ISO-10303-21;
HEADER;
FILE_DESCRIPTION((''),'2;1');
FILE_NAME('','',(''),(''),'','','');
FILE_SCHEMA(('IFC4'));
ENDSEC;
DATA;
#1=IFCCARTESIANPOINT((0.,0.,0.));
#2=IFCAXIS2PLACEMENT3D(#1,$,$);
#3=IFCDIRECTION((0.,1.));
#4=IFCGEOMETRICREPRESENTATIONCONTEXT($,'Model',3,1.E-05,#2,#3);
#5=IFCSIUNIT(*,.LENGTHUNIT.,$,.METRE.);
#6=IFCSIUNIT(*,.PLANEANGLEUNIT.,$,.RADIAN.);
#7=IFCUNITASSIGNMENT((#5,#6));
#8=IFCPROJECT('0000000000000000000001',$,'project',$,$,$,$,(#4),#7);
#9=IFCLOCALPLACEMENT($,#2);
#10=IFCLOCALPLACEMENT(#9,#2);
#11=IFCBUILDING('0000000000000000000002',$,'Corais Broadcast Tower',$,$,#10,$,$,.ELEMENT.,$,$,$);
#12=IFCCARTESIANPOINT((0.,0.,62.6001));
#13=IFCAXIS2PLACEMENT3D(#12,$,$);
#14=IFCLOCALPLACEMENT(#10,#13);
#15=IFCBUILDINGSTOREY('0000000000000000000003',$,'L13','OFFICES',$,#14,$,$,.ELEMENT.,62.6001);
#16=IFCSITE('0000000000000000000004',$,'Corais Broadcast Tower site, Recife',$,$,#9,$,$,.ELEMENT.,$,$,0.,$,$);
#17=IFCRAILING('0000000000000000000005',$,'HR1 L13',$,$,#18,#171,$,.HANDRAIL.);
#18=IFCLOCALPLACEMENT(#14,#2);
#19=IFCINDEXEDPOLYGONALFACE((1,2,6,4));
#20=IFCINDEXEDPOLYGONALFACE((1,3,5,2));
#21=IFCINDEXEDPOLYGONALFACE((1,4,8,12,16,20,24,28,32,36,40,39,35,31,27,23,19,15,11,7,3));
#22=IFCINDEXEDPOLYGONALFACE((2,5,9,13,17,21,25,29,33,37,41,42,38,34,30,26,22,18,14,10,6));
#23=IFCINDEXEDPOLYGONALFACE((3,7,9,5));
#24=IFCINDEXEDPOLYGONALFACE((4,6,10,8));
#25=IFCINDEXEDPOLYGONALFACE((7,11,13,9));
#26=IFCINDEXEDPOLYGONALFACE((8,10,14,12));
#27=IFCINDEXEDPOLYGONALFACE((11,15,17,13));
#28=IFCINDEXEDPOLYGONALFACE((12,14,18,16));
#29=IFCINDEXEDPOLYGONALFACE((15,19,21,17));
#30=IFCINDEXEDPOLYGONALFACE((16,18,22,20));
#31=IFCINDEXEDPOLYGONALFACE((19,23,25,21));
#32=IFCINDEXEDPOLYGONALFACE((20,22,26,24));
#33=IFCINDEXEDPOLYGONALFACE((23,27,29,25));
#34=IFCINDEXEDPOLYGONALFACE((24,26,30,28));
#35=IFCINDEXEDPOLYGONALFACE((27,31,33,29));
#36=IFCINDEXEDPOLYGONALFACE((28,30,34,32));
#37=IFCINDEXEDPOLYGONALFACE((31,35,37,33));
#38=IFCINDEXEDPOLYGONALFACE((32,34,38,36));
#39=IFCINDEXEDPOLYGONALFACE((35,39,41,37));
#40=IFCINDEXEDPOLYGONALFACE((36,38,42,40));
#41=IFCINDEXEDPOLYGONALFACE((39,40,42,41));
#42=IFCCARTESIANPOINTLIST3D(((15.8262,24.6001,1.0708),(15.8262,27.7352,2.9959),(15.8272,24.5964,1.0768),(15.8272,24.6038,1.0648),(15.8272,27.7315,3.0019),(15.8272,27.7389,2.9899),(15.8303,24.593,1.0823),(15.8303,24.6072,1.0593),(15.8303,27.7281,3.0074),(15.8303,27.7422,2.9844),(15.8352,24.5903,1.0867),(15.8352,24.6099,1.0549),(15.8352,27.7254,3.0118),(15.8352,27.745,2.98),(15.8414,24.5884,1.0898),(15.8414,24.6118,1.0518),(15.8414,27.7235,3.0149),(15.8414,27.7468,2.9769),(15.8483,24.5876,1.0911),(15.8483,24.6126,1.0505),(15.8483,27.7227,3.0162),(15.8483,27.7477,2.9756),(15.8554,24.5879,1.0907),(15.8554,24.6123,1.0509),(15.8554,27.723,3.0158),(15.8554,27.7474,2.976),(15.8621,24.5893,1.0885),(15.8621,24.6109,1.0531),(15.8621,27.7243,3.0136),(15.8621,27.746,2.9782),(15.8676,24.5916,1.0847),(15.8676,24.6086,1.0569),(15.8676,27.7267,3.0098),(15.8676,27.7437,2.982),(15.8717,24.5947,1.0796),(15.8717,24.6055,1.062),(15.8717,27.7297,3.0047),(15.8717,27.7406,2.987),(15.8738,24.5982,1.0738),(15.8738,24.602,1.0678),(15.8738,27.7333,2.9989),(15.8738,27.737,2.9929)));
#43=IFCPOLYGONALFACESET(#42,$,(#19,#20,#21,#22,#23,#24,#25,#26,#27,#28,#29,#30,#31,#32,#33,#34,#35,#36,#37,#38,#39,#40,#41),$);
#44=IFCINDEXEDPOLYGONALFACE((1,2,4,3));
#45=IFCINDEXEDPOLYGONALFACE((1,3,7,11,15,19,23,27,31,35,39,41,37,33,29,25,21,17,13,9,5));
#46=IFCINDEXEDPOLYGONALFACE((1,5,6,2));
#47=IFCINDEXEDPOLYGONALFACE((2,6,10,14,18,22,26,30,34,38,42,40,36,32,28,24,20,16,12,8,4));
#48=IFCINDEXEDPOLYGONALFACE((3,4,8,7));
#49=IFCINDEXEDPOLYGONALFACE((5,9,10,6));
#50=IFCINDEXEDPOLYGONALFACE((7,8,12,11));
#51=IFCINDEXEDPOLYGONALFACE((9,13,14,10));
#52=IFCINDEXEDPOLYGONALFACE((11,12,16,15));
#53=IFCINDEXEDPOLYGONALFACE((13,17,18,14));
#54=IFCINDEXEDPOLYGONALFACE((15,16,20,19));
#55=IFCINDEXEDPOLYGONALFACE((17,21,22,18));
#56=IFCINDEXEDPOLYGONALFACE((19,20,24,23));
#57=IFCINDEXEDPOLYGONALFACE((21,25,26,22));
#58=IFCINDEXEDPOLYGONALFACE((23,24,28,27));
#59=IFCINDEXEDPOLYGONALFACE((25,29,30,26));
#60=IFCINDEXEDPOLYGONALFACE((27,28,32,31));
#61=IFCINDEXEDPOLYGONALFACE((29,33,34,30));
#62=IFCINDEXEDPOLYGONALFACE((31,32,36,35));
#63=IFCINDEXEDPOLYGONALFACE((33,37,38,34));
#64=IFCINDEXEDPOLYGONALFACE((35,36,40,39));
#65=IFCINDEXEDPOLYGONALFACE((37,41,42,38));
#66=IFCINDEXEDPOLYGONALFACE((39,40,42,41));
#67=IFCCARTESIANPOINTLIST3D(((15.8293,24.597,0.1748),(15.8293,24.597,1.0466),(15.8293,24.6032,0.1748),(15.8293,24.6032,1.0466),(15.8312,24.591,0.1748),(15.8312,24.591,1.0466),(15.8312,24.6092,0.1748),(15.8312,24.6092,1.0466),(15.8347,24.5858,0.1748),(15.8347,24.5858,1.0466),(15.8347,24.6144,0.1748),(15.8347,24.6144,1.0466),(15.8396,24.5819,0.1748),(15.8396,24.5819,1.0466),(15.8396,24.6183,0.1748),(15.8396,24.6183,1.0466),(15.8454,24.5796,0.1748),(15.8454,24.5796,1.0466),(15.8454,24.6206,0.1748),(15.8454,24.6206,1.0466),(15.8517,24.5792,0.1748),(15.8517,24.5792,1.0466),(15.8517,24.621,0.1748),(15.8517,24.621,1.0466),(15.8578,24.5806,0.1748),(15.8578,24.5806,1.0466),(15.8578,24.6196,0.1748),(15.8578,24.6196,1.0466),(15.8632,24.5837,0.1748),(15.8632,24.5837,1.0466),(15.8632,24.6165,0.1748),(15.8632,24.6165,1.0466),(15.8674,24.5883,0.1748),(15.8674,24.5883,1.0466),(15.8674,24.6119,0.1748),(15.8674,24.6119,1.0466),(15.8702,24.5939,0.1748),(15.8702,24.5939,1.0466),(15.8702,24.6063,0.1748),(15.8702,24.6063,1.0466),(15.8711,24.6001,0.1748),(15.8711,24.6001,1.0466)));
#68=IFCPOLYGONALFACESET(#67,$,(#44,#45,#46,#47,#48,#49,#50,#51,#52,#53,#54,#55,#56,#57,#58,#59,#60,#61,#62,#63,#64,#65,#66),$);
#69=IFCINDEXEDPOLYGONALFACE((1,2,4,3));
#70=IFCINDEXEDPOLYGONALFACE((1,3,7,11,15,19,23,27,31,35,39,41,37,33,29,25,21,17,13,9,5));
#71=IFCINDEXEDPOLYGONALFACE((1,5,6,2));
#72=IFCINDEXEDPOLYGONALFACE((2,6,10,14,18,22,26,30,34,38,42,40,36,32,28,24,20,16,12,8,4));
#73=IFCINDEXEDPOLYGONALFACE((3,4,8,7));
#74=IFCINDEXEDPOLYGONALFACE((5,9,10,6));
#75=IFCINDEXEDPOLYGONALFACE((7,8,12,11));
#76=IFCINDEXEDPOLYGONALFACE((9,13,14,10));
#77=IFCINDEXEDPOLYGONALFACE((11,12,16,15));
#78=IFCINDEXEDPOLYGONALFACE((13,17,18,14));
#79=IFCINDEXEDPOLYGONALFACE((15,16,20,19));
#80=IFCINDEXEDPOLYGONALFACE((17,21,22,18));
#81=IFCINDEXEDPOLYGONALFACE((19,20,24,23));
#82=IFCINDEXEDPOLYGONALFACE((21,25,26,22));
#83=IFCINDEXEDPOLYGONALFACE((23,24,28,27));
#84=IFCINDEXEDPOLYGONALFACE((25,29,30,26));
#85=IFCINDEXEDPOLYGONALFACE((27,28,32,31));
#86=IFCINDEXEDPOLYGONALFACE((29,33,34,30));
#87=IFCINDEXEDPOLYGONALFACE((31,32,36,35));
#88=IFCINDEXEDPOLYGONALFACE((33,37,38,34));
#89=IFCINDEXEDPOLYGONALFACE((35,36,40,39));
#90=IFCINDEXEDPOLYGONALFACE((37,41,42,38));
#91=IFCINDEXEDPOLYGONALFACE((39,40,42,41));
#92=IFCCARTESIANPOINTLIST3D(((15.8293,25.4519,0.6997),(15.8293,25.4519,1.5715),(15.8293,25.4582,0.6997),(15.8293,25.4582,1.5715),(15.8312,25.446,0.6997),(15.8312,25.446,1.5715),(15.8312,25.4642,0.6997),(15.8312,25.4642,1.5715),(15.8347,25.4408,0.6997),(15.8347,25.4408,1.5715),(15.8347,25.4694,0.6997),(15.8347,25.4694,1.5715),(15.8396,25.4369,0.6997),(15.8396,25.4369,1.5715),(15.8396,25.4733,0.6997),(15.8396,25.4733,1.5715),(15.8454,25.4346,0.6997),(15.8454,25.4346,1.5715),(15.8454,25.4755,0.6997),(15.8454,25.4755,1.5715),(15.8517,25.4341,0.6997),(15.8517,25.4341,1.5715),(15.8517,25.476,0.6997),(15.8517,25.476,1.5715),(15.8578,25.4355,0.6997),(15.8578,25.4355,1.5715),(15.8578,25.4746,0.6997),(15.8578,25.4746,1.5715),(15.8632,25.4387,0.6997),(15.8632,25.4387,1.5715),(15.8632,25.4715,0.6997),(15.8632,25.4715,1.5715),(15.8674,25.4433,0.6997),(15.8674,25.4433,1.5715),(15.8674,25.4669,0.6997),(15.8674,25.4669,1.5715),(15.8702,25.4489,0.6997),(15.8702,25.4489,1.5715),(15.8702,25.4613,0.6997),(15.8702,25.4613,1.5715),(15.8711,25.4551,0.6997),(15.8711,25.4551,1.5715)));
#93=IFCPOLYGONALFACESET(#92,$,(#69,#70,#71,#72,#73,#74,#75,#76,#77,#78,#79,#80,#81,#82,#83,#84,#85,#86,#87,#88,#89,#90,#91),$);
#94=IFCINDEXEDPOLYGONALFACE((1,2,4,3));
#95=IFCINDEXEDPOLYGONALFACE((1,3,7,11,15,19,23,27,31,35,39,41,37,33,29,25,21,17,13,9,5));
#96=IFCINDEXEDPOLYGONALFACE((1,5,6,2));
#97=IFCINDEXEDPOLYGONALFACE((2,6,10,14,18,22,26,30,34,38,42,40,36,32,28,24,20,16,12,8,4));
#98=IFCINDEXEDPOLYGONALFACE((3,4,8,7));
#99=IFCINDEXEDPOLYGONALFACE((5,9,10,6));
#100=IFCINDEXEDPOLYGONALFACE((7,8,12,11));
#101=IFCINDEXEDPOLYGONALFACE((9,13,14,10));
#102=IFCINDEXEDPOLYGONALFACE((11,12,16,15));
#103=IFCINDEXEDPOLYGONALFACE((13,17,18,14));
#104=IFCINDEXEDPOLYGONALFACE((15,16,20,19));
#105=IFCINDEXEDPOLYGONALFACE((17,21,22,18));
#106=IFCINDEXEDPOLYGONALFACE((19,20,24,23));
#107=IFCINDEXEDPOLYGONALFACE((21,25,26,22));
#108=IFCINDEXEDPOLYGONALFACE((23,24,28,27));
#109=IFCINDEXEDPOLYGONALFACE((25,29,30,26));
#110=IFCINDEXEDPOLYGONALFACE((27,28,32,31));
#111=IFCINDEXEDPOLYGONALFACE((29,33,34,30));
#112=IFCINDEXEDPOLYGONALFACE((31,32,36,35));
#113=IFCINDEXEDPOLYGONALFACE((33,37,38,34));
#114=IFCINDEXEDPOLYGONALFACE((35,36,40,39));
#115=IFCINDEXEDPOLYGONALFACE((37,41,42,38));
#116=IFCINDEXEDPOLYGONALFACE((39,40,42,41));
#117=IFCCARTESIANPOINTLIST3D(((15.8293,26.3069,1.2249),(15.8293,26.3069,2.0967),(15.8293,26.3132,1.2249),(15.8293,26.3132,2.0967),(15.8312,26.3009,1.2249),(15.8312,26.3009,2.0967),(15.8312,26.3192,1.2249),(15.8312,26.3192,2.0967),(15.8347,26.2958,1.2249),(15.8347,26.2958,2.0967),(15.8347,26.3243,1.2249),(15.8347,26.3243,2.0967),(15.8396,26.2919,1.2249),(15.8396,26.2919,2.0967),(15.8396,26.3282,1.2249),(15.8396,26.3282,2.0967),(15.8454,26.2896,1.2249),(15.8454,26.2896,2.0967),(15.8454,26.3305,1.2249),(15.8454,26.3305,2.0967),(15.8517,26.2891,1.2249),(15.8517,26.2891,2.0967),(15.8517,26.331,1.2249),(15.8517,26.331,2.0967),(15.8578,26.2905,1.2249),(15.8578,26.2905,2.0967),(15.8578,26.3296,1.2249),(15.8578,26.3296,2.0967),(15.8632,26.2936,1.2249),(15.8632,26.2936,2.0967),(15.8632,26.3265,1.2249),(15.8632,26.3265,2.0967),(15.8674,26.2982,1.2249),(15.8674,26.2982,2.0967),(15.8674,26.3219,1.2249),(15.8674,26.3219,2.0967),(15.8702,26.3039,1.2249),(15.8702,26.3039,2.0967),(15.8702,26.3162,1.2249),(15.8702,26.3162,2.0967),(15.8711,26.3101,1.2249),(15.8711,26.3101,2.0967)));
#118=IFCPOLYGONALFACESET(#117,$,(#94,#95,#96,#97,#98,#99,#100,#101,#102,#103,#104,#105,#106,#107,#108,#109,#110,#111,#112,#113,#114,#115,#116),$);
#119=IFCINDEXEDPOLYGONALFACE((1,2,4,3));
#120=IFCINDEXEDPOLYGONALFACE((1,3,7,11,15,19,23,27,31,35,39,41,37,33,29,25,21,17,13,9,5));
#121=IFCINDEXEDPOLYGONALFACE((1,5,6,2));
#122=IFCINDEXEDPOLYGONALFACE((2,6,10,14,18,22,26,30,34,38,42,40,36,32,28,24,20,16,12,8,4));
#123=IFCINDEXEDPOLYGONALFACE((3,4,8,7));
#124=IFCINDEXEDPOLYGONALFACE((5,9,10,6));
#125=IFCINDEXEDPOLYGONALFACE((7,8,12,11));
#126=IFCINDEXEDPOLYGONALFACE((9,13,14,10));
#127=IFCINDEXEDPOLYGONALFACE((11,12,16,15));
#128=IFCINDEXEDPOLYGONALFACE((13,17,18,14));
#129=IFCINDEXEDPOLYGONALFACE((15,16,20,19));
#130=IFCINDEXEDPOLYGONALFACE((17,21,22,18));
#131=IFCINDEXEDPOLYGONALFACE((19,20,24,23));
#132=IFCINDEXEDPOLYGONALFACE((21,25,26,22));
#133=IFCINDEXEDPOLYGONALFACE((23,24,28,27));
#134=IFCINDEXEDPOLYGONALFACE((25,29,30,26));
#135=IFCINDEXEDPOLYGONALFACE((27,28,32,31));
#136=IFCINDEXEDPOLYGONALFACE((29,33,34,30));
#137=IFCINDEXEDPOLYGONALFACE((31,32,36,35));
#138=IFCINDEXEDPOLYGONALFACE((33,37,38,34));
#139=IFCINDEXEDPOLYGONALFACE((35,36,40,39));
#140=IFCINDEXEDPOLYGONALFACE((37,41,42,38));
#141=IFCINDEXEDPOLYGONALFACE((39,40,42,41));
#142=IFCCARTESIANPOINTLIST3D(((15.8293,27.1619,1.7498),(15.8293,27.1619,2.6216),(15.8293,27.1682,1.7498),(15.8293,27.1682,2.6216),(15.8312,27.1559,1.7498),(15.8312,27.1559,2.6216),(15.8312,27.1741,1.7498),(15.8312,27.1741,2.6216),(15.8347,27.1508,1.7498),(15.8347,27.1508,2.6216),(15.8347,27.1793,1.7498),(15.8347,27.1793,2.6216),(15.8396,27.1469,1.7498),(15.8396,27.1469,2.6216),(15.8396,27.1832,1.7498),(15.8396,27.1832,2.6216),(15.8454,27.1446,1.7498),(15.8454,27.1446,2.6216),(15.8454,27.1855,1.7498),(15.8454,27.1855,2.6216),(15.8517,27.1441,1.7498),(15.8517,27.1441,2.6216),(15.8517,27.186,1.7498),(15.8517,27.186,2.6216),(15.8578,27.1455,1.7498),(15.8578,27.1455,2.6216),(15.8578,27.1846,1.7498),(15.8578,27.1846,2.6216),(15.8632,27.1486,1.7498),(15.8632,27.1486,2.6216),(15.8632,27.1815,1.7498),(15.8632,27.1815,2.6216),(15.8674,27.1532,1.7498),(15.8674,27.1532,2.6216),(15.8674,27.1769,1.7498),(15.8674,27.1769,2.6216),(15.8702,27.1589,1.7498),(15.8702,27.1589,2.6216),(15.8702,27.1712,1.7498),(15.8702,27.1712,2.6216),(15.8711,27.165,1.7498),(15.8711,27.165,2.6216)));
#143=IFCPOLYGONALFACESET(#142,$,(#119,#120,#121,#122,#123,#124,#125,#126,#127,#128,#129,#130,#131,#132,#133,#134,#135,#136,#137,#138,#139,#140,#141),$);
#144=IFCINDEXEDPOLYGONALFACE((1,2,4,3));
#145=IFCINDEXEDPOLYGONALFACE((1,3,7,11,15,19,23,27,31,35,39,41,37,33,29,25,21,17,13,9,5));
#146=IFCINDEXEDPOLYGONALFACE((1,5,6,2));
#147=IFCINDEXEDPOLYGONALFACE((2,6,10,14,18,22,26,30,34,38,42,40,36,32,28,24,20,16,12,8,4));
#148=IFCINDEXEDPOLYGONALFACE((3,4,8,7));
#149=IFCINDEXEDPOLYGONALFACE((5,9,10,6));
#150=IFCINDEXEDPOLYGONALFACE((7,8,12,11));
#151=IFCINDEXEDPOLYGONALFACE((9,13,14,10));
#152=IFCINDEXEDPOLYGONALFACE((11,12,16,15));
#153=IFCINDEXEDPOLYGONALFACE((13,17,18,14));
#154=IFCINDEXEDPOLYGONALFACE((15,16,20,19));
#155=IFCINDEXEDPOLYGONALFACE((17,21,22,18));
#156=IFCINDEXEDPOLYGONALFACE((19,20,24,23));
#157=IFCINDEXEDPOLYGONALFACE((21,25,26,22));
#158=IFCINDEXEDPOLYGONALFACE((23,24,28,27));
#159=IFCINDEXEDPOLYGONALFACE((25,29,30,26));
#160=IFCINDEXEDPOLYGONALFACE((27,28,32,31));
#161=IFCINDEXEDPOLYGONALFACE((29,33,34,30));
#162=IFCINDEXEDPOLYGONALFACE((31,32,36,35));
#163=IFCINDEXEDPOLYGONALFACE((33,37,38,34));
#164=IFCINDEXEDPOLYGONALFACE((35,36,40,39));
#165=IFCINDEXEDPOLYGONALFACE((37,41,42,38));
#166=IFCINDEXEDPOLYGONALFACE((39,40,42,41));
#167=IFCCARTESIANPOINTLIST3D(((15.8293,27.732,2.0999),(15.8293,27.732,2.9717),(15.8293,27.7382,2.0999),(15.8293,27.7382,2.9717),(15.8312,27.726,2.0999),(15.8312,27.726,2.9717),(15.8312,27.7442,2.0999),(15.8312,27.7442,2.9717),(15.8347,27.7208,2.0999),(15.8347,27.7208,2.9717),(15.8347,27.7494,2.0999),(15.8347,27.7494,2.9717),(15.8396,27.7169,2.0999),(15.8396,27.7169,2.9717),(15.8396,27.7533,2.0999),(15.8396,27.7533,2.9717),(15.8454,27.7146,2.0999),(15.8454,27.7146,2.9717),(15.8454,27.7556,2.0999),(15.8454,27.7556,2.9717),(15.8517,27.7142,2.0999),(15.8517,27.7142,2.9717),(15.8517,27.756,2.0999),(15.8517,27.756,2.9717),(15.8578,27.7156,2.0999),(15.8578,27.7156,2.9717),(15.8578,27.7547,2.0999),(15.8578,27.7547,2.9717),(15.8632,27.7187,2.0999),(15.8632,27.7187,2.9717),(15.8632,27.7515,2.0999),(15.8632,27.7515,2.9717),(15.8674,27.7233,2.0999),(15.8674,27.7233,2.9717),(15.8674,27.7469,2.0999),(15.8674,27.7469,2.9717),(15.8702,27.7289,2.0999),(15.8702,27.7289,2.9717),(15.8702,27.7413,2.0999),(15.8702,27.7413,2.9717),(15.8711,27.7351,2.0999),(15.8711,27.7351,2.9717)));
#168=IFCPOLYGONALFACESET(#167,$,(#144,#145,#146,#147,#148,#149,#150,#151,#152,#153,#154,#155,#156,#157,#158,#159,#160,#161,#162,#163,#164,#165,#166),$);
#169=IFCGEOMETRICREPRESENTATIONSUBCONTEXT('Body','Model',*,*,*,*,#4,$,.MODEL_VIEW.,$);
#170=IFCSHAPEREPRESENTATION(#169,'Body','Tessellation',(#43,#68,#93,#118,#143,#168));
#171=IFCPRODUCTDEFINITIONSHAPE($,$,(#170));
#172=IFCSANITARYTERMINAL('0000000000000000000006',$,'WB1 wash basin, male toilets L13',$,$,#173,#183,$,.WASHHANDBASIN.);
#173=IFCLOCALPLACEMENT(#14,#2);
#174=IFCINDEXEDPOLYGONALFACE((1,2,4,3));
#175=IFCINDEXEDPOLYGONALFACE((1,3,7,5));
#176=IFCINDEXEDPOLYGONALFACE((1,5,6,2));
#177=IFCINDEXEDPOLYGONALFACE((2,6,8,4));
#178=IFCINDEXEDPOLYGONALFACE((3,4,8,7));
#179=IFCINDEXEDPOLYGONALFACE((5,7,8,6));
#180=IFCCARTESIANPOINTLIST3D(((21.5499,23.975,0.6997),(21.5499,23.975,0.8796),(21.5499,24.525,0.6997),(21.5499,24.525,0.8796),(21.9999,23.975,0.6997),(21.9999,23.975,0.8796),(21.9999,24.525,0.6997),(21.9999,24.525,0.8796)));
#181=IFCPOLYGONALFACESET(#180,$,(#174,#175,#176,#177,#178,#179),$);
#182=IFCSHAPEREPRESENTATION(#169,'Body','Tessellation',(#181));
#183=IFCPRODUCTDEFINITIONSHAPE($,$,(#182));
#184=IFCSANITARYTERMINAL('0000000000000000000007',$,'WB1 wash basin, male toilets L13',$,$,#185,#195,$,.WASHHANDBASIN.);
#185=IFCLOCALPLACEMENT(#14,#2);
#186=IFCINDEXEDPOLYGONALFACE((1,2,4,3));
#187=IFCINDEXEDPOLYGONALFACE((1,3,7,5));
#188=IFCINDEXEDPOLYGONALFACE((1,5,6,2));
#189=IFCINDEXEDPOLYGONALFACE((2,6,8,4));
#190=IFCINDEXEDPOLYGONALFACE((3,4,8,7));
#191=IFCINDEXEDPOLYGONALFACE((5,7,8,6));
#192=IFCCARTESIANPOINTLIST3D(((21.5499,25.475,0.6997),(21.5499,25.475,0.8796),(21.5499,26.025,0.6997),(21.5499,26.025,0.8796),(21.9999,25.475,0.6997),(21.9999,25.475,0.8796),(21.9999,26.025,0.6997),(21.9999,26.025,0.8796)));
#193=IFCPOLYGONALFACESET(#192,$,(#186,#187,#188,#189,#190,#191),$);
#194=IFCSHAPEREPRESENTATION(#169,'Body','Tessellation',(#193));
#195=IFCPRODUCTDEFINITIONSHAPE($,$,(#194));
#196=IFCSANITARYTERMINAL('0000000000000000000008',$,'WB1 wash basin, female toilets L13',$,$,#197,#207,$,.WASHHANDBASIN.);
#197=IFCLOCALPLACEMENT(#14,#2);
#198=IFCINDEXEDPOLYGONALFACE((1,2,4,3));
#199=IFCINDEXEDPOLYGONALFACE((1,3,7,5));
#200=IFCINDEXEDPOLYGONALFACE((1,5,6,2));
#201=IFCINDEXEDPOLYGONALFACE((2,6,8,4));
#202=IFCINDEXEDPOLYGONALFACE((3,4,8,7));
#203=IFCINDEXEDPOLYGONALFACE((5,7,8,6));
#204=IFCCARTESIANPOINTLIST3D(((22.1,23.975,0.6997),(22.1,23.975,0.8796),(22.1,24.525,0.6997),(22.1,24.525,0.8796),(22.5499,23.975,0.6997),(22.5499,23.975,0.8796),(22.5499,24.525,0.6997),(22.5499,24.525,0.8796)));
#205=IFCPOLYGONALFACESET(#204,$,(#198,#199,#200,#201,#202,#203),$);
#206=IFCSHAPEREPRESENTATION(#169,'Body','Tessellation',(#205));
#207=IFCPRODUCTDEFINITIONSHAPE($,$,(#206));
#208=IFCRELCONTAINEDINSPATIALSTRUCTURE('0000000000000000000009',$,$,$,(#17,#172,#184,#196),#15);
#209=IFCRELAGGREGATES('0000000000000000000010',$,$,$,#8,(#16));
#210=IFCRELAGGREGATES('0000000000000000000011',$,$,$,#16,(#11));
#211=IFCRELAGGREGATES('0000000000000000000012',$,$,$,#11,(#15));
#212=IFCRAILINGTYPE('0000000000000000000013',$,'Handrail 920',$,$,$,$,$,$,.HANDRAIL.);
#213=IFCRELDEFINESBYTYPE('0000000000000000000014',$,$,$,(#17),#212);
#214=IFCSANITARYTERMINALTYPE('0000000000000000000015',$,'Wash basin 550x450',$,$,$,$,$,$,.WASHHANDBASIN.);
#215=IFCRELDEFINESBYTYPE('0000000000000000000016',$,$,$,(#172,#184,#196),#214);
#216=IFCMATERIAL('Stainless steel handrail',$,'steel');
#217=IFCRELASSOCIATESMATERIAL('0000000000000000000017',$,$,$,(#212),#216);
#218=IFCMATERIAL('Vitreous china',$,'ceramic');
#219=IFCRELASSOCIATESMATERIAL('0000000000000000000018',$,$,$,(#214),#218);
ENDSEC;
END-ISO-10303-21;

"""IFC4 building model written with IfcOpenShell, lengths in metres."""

from ifc_helpers import new_model, si_unit, direction, frame, origin, origin_2d, place, context, subcontext, project, spatial, rectangle, circle, extrude, material, type_object, element, save


model = new_model("IFC4")

# Units and contexts
model_context = context("Model", 3, precision=1e-05, world=origin(), true_north=direction((0.0, 1.0)))
body_context = subcontext(model_context, "Body", "Model", "MODEL_VIEW")
ifc_project = project(units=[si_unit("LENGTHUNIT", "METRE"), si_unit("PLANEANGLEUNIT", "RADIAN")], contexts=[model_context])

# Site, building, storey
site_placement = place(None, origin())
site = spatial("IfcSite", under=ifc_project, at=site_placement, Name="Corais Broadcast Tower site, Recife", CompositionType="ELEMENT", RefElevation=0.0)
building_placement = place(site_placement, origin())
building = spatial("IfcBuilding", under=site, at=building_placement, Name="Corais Broadcast Tower", CompositionType="ELEMENT")
storey_placement = place(building_placement, frame((0.0, 0.0, 62.6001)))
storey = spatial("IfcBuildingStorey", under=building, at=storey_placement, Name="L13", Description="OFFICES", CompositionType="ELEMENT", Elevation=62.6001)

# Railing
ifc_material_1 = material(Name="Stainless steel handrail", Category="steel")
railing_type = type_object("IfcRailingType", Name="Handrail 920", PredefinedType="HANDRAIL", material=ifc_material_1)
for number, where, name in (
    (1, (15.8501, 24.6001, 0.1748), "HR1 L13"),
):
    element("IfcRailing", number, at=place(storey_placement, frame(where)), inside=storey, type_object=railing_type, Name=name, PredefinedType="HANDRAIL", context=body_context, shape_type="SweptSolid", body=[
        extrude(circle(Radius=0.0239, at=origin_2d()), frame((0.0, 0.0, 0.896), z_axis=(0.0, 0.852166, 0.523271), x_axis=(-1.0, 0.0, 0.0)), (0.0, 0.0, 1.0), 3.679),
        extrude(circle(Radius=0.021, at=origin_2d()), origin(), (0.0, 0.0, 1.0), 0.8718),
        extrude(circle(Radius=0.021, at=origin_2d()), frame((0.0, 0.855, 0.5249)), (0.0, 0.0, 1.0), 0.8718),
        extrude(circle(Radius=0.021, at=origin_2d()), frame((0.0, 1.71, 1.05)), (0.0, 0.0, 1.0), 0.8718),
        extrude(circle(Radius=0.021, at=origin_2d()), frame((0.0, 2.5649, 1.575)), (0.0, 0.0, 1.0), 0.8718),
        extrude(circle(Radius=0.021, at=origin_2d()), frame((0.0, 3.135, 1.925)), (0.0, 0.0, 1.0), 0.8718),
    ])

# Sanitary terminals
ifc_material_2 = material(Name="Vitreous china", Category="ceramic")
sanitary_terminal_type = type_object("IfcSanitaryTerminalType", Name="Wash basin 550x450", PredefinedType="WASHHANDBASIN", material=ifc_material_2)
for number, where, z_axis, x_axis, name in (
    (2, (21.7749, 24.25, 0.6997), (0.0, 0.0, 1.0), (1.0, 0.0, 0.0), "WB1 wash basin, male toilets L13"),
    (3, (21.7749, 25.75, 0.6997), (0.0, 0.0, 1.0), (1.0, 0.0, 0.0), "WB1 wash basin, male toilets L13"),
    (4, (22.325, 24.25, 0.6997), (0.0, 0.0, 1.0), (1.0, 0.0, 0.0), "WB1 wash basin, female toilets L13"),
):
    element("IfcSanitaryTerminal", number, at=place(storey_placement, frame(where, z_axis=z_axis, x_axis=x_axis)), inside=storey, type_object=sanitary_terminal_type, Name=name, PredefinedType="WASHHANDBASIN", context=body_context, shape_type="SweptSolid", body=[
        extrude(rectangle(XDim=0.45, YDim=0.55, at=origin_2d()), origin(), (0.0, 0.0, 1.0), 0.1799),
    ])

save(model, "model.ifc")
